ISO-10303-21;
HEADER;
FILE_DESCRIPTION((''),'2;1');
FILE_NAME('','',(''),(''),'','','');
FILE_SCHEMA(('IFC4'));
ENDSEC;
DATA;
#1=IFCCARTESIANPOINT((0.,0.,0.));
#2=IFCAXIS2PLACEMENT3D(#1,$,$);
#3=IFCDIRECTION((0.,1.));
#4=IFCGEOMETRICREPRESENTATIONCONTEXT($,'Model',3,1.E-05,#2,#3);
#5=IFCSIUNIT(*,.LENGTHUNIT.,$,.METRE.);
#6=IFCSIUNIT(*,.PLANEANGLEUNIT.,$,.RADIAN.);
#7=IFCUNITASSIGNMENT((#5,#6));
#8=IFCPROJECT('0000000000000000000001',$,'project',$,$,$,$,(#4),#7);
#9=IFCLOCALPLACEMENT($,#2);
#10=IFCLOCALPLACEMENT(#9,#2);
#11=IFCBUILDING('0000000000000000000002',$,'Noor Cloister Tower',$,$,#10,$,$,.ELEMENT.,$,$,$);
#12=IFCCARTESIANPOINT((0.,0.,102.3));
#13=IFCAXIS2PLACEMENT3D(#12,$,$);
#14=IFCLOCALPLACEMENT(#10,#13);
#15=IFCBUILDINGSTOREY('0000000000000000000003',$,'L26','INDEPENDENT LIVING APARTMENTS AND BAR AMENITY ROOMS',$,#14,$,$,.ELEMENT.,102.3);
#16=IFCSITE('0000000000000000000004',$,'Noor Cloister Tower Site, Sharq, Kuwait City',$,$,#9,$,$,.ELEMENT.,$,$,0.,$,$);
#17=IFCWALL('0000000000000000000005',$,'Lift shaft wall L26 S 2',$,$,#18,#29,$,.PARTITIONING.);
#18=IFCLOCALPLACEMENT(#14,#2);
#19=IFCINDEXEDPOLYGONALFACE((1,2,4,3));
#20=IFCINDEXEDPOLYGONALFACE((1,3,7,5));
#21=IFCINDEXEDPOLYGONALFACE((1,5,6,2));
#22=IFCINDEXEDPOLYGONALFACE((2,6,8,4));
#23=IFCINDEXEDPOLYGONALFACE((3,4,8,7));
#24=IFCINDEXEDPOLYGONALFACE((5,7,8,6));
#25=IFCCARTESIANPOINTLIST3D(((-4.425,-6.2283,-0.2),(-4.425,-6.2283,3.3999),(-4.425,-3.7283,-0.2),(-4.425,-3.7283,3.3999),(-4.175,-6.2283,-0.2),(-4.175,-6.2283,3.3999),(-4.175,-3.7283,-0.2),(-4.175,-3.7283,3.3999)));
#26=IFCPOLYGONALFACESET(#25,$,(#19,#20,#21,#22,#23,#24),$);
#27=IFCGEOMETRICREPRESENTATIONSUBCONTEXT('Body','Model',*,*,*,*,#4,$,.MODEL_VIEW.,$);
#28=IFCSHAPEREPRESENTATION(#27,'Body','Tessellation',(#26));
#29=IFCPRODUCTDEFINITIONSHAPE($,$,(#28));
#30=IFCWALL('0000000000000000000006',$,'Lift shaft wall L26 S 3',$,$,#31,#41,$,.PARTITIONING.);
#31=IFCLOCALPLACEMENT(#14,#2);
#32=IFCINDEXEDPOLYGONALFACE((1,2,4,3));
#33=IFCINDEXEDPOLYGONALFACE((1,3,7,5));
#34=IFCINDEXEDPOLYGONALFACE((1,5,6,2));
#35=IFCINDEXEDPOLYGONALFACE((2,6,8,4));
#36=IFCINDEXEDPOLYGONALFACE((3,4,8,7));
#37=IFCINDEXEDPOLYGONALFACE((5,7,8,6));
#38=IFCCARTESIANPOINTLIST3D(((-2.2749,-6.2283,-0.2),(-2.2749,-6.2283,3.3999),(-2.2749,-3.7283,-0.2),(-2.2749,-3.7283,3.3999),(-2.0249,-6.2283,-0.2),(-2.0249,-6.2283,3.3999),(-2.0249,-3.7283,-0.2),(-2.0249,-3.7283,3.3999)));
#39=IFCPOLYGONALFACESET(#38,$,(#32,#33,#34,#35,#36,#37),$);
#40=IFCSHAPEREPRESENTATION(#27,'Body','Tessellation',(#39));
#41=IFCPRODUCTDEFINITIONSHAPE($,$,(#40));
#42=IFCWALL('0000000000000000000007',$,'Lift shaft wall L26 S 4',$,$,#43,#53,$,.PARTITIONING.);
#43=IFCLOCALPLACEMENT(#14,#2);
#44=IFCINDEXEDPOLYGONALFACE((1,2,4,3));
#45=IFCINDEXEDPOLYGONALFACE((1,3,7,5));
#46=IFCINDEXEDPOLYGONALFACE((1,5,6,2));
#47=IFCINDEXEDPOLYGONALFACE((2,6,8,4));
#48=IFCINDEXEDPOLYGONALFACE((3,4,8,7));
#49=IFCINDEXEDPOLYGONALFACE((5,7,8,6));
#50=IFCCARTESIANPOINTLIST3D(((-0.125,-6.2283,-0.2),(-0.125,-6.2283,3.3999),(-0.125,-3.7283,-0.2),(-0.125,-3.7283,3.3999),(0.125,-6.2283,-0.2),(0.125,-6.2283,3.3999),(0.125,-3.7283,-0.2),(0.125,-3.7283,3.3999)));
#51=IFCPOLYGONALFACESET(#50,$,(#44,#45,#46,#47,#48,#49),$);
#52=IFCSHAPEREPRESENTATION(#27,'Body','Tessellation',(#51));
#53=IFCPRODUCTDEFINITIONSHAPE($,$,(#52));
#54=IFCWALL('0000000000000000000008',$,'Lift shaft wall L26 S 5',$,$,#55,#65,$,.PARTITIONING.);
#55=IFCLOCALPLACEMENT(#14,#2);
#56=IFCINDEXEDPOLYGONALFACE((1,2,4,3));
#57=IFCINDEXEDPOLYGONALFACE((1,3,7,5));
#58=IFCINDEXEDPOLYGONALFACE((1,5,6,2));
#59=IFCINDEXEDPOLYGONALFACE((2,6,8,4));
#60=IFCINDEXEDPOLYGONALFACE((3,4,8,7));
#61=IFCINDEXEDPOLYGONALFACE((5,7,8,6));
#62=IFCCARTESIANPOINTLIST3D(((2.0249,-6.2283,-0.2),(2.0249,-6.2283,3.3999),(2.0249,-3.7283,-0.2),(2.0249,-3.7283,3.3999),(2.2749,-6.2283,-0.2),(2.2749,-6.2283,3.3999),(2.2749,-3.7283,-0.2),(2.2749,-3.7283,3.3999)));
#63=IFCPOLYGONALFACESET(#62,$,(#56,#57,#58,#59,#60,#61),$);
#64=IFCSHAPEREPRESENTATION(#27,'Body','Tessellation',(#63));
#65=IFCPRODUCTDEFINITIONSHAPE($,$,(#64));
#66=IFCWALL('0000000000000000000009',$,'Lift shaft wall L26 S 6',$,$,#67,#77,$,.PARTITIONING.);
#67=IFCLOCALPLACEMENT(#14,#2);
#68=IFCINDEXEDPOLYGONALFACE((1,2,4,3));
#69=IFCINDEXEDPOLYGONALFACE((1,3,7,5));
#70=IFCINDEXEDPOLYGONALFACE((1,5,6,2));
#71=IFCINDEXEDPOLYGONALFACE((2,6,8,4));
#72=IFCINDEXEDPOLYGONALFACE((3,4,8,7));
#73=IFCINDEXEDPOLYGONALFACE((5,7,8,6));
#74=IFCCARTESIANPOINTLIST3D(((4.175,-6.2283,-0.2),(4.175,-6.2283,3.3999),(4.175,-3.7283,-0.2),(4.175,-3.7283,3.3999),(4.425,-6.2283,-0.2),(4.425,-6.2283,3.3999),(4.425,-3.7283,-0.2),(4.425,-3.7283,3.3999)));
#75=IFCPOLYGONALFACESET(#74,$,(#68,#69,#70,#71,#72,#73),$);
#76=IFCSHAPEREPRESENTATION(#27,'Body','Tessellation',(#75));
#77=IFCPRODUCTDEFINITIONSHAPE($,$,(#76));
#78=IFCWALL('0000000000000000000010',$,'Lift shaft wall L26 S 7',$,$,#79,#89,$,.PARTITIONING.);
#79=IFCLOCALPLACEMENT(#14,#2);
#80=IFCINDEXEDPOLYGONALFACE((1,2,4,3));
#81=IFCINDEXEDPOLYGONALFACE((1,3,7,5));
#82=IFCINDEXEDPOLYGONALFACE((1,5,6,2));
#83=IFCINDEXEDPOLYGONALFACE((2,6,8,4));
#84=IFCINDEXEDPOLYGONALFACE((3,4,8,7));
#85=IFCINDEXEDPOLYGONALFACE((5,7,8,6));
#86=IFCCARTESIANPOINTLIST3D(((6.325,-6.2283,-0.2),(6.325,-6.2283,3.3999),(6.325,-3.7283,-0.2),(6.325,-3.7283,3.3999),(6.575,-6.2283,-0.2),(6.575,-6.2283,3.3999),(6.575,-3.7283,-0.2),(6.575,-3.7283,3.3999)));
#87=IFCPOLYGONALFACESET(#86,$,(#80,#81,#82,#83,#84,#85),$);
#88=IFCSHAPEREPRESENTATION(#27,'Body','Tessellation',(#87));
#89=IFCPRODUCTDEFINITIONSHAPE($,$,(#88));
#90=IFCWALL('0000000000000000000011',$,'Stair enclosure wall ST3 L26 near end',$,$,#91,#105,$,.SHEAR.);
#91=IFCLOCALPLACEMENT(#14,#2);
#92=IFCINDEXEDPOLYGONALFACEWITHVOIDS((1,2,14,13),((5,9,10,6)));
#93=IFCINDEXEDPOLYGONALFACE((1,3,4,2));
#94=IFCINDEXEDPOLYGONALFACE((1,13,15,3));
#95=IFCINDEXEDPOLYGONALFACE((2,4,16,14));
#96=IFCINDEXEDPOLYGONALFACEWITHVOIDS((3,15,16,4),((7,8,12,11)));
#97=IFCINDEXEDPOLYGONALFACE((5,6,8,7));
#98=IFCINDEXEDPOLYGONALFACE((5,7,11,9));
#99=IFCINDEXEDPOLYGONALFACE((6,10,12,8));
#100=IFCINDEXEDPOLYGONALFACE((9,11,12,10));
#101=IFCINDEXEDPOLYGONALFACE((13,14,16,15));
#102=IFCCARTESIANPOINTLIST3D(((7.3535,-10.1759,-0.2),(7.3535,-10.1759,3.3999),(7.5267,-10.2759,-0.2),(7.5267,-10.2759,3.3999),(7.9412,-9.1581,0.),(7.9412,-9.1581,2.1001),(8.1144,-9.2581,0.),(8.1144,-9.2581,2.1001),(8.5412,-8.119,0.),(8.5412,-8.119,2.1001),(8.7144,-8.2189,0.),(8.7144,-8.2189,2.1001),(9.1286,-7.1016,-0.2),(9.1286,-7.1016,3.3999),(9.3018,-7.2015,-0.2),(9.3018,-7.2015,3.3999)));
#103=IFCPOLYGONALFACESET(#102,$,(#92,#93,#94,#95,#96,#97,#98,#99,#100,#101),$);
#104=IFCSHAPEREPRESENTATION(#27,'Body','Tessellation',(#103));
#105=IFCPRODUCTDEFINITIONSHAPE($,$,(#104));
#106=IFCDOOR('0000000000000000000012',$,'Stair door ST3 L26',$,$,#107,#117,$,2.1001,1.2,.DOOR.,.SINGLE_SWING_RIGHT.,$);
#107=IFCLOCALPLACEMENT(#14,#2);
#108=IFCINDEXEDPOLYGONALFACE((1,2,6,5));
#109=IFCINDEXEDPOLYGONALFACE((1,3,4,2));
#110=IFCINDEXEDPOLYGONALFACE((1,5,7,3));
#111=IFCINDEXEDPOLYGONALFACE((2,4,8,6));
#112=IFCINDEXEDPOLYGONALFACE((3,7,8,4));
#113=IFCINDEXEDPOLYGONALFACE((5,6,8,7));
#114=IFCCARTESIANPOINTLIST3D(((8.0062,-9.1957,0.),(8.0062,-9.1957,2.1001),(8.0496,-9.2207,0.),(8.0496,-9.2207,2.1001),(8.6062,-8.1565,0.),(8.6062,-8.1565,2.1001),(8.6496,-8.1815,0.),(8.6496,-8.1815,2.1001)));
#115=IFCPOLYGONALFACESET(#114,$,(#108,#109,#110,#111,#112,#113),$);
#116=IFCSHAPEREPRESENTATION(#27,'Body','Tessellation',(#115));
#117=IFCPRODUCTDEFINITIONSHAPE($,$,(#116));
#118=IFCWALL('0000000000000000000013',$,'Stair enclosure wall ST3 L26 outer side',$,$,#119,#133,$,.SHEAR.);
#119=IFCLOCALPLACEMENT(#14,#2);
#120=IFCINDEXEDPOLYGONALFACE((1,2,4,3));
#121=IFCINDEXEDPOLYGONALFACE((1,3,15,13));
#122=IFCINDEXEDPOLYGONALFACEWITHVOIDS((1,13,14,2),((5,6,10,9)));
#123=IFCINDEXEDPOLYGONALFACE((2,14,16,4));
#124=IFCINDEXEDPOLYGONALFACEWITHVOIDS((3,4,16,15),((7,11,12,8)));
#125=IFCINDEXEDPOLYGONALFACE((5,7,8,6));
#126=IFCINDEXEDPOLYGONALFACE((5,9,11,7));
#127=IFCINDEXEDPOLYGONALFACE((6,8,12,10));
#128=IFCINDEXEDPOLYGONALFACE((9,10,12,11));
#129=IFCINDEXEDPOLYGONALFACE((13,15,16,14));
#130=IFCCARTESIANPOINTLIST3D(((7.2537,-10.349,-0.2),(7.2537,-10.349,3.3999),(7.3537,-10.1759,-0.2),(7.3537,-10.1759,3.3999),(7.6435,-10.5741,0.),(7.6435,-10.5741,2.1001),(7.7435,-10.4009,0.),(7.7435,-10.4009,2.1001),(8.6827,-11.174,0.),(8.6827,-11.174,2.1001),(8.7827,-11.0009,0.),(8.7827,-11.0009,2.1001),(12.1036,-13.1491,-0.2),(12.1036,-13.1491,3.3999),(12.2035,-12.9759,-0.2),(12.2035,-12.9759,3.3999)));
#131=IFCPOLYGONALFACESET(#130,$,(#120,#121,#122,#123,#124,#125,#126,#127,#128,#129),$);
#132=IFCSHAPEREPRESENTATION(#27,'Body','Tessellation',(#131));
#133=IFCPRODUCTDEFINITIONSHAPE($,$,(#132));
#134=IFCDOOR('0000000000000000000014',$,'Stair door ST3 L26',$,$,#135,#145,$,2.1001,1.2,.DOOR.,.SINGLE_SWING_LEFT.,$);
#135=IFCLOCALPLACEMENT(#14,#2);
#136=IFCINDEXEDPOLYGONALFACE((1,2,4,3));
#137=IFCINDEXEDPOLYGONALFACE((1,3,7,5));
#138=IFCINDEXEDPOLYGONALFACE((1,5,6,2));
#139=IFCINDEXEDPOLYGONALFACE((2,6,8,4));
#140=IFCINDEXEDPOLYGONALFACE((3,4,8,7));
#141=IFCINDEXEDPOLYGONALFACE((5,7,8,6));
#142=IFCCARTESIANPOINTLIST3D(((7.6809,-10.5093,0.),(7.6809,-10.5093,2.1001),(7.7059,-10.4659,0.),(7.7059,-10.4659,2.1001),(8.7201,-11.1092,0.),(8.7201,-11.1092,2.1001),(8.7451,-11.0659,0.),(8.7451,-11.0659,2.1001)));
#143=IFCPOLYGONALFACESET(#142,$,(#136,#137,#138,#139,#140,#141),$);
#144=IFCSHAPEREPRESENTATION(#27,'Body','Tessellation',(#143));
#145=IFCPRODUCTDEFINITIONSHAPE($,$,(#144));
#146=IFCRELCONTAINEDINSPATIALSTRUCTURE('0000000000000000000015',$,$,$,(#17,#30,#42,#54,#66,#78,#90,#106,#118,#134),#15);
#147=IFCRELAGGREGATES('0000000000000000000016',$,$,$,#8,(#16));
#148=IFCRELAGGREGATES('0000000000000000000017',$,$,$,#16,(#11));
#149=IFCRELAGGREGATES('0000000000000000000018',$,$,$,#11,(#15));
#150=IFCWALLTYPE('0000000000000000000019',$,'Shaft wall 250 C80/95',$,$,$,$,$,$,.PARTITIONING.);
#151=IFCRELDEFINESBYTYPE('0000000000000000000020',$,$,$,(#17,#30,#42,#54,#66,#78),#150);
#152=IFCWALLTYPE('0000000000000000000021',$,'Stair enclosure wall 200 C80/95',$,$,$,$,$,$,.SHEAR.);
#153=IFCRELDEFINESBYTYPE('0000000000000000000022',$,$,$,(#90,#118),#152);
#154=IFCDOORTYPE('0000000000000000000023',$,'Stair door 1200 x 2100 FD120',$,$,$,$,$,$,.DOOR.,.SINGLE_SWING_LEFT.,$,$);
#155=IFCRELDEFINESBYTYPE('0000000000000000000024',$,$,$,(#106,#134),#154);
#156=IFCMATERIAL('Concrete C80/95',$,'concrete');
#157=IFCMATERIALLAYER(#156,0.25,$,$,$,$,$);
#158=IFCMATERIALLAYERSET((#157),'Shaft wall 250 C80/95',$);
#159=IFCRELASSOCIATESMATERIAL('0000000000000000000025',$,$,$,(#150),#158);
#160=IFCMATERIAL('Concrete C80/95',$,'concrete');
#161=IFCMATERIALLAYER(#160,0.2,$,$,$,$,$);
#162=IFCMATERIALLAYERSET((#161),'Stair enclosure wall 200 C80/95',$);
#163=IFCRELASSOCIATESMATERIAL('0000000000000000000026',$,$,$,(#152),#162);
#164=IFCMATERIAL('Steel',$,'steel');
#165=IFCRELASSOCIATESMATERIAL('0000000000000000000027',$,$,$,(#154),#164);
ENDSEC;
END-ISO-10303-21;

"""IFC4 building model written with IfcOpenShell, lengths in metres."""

from ifc_helpers import new_model, si_unit, direction, frame, frame_2d, origin, place, context, subcontext, project, spatial, rectangle, extrude, material, layer, layer_set, type_object, element, fill, save


model = new_model("IFC4")

# Units and contexts
model_context = context("Model", 3, precision=1e-05, world=origin(), true_north=direction((0.0, 1.0)))
body_context = subcontext(model_context, "Body", "Model", "MODEL_VIEW")
ifc_project = project(units=[si_unit("LENGTHUNIT", "METRE"), si_unit("PLANEANGLEUNIT", "RADIAN")], contexts=[model_context])

# Site, building, storey
site_placement = place(None, origin())
site = spatial("IfcSite", under=ifc_project, at=site_placement, Name="Noor Cloister Tower Site, Sharq, Kuwait City", CompositionType="ELEMENT", RefElevation=0.0)
building_placement = place(site_placement, origin())
building = spatial("IfcBuilding", under=site, at=building_placement, Name="Noor Cloister Tower", CompositionType="ELEMENT")
storey_placement = place(building_placement, frame((0.0, 0.0, 102.3)))
storey = spatial("IfcBuildingStorey", under=building, at=storey_placement, Name="L26", Description="INDEPENDENT LIVING APARTMENTS AND BAR AMENITY ROOMS", CompositionType="ELEMENT", Elevation=102.3)

# Walls
ifc_material_1 = material(Name="Concrete C80/95", Category="concrete")
ifc_layer_1 = layer(ifc_material_1, 0.25)
ifc_layer_set_1 = layer_set([ifc_layer_1], Name="Shaft wall 250 C80/95")
wall_type_1 = type_object("IfcWallType", Name="Shaft wall 250 C80/95", PredefinedType="PARTITIONING", material=ifc_layer_set_1)
for number, where, z_axis, x_axis, name in (
    (1, (-4.3, -6.2283, -0.2), (0.0, 0.0, 1.0), (0.0, 1.0, 0.0), "Lift shaft wall L26 S 2"),
    (2, (-2.1499, -6.2283, -0.2), (0.0, 0.0, 1.0), (0.0, 1.0, 0.0), "Lift shaft wall L26 S 3"),
    (3, (0.0, -6.2283, -0.2), (0.0, 0.0, 1.0), (0.0, 1.0, 0.0), "Lift shaft wall L26 S 4"),
    (4, (2.1499, -6.2283, -0.2), (0.0, 0.0, 1.0), (0.0, 1.0, 0.0), "Lift shaft wall L26 S 5"),
    (5, (4.3, -6.2283, -0.2), (0.0, 0.0, 1.0), (0.0, 1.0, 0.0), "Lift shaft wall L26 S 6"),
    (6, (6.45, -6.2283, -0.2), (0.0, 0.0, 1.0), (0.0, 1.0, 0.0), "Lift shaft wall L26 S 7"),
):
    element("IfcWall", number, at=place(storey_placement, frame(where, z_axis=z_axis, x_axis=x_axis)), inside=storey, type_object=wall_type_1, Name=name, PredefinedType="PARTITIONING", context=body_context, shape_type="SweptSolid", body=[
        extrude(rectangle(XDim=2.5, YDim=0.25, at=frame_2d((1.25, 0.0))), origin(), (0.0, 0.0, 1.0), 3.5999),
    ])

# Walls, openings, doors
ifc_material_2 = material(Name="Concrete C80/95", Category="concrete")
ifc_layer_2 = layer(ifc_material_2, 0.2)
ifc_layer_set_2 = layer_set([ifc_layer_2], Name="Stair enclosure wall 200 C80/95")
wall_type_2 = type_object("IfcWallType", Name="Stair enclosure wall 200 C80/95", PredefinedType="SHEAR", material=ifc_layer_set_2)
wall_1_placement = place(storey_placement, frame((7.4402, -10.2258, -0.2), z_axis=(0.0, 0.0, 1.0), x_axis=(0.500022, 0.866013, 0.0)))
wall_1 = element("IfcWall", 7, at=wall_1_placement, inside=storey, type_object=wall_type_2, Name="Stair enclosure wall ST3 L26 near end", PredefinedType="SHEAR", context=body_context, shape_type="SweptSolid", body=[
    extrude(rectangle(XDim=3.55, YDim=0.2, at=frame_2d((1.7749, 0.0))), origin(), (0.0, 0.0, 1.0), 3.5999),
])
opening_1_placement = place(wall_1_placement, frame((1.175, 0.0, 0.2)))
opening_1 = element("IfcOpeningElement", 8, at=opening_1_placement, cuts=wall_1, PredefinedType="OPENING", context=body_context, shape_type="SweptSolid", body=[
    extrude(rectangle(XDim=1.2, YDim=2.1001, at=frame_2d((0.6001, 1.05))), frame((0.0, 0.1099, 0.0), z_axis=(0.0, -1.0, 0.0), x_axis=(1.0, 0.0, 0.0)), (0.0, 0.0, 1.0), 0.22),
])
ifc_material_3 = material(Name="Steel", Category="steel")
door_type_1 = type_object("IfcDoorType", Name="Stair door 1200 x 2100 FD120", OperationType="SINGLE_SWING_LEFT", PredefinedType="DOOR", material=ifc_material_3)
door_1_placement = place(opening_1_placement, origin())
door_1 = element("IfcDoor", 9, at=door_1_placement, inside=storey, type_object=door_type_1, Name="Stair door ST3 L26", OperationType="SINGLE_SWING_RIGHT", OverallHeight=2.1001, OverallWidth=1.2, PredefinedType="DOOR", context=body_context, shape_type="SweptSolid", body=[
    extrude(rectangle(XDim=1.2, YDim=2.1001, at=frame_2d((0.6001, 1.05))), frame((0.0, 0.0249, 0.0), z_axis=(0.0, -1.0, 0.0), x_axis=(1.0, 0.0, 0.0)), (0.0, 0.0, 1.0), 0.05),
])
fill(opening_1, door_1)
wall_2_placement = place(storey_placement, frame((7.3037, -10.2625, -0.2), z_axis=(0.0, 0.0, 1.0), x_axis=(0.866027, -0.499998, 0.0)))
wall_2 = element("IfcWall", 10, at=wall_2_placement, inside=storey, type_object=wall_type_2, Name="Stair enclosure wall ST3 L26 outer side", PredefinedType="SHEAR", context=body_context, shape_type="SweptSolid", body=[
    extrude(rectangle(XDim=5.6001, YDim=0.2, at=frame_2d((2.8, 0.0))), origin(), (0.0, 0.0, 1.0), 3.5999),
])
opening_2_placement = place(wall_2_placement, frame((0.45, 0.0, 0.2)))
opening_2 = element("IfcOpeningElement", 11, at=opening_2_placement, cuts=wall_2, PredefinedType="OPENING", context=body_context, shape_type="SweptSolid", body=[
    extrude(rectangle(XDim=1.2, YDim=2.1001, at=frame_2d((0.6001, 1.05))), frame((0.0, 0.1099, 0.0), z_axis=(0.0, -1.0, 0.0), x_axis=(1.0, 0.0, 0.0)), (0.0, 0.0, 1.0), 0.22),
])
door_2_placement = place(opening_2_placement, origin())
door_2 = element("IfcDoor", 12, at=door_2_placement, inside=storey, type_object=door_type_1, Name="Stair door ST3 L26", OperationType="SINGLE_SWING_LEFT", OverallHeight=2.1001, OverallWidth=1.2, PredefinedType="DOOR", context=body_context, shape_type="SweptSolid", body=[
    extrude(rectangle(XDim=1.2, YDim=2.1001, at=frame_2d((0.6001, 1.05))), frame((0.0, 0.0249, 0.0), z_axis=(0.0, -1.0, 0.0), x_axis=(1.0, 0.0, 0.0)), (0.0, 0.0, 1.0), 0.05),
])
fill(opening_2, door_2)

save(model, "model.ifc")
